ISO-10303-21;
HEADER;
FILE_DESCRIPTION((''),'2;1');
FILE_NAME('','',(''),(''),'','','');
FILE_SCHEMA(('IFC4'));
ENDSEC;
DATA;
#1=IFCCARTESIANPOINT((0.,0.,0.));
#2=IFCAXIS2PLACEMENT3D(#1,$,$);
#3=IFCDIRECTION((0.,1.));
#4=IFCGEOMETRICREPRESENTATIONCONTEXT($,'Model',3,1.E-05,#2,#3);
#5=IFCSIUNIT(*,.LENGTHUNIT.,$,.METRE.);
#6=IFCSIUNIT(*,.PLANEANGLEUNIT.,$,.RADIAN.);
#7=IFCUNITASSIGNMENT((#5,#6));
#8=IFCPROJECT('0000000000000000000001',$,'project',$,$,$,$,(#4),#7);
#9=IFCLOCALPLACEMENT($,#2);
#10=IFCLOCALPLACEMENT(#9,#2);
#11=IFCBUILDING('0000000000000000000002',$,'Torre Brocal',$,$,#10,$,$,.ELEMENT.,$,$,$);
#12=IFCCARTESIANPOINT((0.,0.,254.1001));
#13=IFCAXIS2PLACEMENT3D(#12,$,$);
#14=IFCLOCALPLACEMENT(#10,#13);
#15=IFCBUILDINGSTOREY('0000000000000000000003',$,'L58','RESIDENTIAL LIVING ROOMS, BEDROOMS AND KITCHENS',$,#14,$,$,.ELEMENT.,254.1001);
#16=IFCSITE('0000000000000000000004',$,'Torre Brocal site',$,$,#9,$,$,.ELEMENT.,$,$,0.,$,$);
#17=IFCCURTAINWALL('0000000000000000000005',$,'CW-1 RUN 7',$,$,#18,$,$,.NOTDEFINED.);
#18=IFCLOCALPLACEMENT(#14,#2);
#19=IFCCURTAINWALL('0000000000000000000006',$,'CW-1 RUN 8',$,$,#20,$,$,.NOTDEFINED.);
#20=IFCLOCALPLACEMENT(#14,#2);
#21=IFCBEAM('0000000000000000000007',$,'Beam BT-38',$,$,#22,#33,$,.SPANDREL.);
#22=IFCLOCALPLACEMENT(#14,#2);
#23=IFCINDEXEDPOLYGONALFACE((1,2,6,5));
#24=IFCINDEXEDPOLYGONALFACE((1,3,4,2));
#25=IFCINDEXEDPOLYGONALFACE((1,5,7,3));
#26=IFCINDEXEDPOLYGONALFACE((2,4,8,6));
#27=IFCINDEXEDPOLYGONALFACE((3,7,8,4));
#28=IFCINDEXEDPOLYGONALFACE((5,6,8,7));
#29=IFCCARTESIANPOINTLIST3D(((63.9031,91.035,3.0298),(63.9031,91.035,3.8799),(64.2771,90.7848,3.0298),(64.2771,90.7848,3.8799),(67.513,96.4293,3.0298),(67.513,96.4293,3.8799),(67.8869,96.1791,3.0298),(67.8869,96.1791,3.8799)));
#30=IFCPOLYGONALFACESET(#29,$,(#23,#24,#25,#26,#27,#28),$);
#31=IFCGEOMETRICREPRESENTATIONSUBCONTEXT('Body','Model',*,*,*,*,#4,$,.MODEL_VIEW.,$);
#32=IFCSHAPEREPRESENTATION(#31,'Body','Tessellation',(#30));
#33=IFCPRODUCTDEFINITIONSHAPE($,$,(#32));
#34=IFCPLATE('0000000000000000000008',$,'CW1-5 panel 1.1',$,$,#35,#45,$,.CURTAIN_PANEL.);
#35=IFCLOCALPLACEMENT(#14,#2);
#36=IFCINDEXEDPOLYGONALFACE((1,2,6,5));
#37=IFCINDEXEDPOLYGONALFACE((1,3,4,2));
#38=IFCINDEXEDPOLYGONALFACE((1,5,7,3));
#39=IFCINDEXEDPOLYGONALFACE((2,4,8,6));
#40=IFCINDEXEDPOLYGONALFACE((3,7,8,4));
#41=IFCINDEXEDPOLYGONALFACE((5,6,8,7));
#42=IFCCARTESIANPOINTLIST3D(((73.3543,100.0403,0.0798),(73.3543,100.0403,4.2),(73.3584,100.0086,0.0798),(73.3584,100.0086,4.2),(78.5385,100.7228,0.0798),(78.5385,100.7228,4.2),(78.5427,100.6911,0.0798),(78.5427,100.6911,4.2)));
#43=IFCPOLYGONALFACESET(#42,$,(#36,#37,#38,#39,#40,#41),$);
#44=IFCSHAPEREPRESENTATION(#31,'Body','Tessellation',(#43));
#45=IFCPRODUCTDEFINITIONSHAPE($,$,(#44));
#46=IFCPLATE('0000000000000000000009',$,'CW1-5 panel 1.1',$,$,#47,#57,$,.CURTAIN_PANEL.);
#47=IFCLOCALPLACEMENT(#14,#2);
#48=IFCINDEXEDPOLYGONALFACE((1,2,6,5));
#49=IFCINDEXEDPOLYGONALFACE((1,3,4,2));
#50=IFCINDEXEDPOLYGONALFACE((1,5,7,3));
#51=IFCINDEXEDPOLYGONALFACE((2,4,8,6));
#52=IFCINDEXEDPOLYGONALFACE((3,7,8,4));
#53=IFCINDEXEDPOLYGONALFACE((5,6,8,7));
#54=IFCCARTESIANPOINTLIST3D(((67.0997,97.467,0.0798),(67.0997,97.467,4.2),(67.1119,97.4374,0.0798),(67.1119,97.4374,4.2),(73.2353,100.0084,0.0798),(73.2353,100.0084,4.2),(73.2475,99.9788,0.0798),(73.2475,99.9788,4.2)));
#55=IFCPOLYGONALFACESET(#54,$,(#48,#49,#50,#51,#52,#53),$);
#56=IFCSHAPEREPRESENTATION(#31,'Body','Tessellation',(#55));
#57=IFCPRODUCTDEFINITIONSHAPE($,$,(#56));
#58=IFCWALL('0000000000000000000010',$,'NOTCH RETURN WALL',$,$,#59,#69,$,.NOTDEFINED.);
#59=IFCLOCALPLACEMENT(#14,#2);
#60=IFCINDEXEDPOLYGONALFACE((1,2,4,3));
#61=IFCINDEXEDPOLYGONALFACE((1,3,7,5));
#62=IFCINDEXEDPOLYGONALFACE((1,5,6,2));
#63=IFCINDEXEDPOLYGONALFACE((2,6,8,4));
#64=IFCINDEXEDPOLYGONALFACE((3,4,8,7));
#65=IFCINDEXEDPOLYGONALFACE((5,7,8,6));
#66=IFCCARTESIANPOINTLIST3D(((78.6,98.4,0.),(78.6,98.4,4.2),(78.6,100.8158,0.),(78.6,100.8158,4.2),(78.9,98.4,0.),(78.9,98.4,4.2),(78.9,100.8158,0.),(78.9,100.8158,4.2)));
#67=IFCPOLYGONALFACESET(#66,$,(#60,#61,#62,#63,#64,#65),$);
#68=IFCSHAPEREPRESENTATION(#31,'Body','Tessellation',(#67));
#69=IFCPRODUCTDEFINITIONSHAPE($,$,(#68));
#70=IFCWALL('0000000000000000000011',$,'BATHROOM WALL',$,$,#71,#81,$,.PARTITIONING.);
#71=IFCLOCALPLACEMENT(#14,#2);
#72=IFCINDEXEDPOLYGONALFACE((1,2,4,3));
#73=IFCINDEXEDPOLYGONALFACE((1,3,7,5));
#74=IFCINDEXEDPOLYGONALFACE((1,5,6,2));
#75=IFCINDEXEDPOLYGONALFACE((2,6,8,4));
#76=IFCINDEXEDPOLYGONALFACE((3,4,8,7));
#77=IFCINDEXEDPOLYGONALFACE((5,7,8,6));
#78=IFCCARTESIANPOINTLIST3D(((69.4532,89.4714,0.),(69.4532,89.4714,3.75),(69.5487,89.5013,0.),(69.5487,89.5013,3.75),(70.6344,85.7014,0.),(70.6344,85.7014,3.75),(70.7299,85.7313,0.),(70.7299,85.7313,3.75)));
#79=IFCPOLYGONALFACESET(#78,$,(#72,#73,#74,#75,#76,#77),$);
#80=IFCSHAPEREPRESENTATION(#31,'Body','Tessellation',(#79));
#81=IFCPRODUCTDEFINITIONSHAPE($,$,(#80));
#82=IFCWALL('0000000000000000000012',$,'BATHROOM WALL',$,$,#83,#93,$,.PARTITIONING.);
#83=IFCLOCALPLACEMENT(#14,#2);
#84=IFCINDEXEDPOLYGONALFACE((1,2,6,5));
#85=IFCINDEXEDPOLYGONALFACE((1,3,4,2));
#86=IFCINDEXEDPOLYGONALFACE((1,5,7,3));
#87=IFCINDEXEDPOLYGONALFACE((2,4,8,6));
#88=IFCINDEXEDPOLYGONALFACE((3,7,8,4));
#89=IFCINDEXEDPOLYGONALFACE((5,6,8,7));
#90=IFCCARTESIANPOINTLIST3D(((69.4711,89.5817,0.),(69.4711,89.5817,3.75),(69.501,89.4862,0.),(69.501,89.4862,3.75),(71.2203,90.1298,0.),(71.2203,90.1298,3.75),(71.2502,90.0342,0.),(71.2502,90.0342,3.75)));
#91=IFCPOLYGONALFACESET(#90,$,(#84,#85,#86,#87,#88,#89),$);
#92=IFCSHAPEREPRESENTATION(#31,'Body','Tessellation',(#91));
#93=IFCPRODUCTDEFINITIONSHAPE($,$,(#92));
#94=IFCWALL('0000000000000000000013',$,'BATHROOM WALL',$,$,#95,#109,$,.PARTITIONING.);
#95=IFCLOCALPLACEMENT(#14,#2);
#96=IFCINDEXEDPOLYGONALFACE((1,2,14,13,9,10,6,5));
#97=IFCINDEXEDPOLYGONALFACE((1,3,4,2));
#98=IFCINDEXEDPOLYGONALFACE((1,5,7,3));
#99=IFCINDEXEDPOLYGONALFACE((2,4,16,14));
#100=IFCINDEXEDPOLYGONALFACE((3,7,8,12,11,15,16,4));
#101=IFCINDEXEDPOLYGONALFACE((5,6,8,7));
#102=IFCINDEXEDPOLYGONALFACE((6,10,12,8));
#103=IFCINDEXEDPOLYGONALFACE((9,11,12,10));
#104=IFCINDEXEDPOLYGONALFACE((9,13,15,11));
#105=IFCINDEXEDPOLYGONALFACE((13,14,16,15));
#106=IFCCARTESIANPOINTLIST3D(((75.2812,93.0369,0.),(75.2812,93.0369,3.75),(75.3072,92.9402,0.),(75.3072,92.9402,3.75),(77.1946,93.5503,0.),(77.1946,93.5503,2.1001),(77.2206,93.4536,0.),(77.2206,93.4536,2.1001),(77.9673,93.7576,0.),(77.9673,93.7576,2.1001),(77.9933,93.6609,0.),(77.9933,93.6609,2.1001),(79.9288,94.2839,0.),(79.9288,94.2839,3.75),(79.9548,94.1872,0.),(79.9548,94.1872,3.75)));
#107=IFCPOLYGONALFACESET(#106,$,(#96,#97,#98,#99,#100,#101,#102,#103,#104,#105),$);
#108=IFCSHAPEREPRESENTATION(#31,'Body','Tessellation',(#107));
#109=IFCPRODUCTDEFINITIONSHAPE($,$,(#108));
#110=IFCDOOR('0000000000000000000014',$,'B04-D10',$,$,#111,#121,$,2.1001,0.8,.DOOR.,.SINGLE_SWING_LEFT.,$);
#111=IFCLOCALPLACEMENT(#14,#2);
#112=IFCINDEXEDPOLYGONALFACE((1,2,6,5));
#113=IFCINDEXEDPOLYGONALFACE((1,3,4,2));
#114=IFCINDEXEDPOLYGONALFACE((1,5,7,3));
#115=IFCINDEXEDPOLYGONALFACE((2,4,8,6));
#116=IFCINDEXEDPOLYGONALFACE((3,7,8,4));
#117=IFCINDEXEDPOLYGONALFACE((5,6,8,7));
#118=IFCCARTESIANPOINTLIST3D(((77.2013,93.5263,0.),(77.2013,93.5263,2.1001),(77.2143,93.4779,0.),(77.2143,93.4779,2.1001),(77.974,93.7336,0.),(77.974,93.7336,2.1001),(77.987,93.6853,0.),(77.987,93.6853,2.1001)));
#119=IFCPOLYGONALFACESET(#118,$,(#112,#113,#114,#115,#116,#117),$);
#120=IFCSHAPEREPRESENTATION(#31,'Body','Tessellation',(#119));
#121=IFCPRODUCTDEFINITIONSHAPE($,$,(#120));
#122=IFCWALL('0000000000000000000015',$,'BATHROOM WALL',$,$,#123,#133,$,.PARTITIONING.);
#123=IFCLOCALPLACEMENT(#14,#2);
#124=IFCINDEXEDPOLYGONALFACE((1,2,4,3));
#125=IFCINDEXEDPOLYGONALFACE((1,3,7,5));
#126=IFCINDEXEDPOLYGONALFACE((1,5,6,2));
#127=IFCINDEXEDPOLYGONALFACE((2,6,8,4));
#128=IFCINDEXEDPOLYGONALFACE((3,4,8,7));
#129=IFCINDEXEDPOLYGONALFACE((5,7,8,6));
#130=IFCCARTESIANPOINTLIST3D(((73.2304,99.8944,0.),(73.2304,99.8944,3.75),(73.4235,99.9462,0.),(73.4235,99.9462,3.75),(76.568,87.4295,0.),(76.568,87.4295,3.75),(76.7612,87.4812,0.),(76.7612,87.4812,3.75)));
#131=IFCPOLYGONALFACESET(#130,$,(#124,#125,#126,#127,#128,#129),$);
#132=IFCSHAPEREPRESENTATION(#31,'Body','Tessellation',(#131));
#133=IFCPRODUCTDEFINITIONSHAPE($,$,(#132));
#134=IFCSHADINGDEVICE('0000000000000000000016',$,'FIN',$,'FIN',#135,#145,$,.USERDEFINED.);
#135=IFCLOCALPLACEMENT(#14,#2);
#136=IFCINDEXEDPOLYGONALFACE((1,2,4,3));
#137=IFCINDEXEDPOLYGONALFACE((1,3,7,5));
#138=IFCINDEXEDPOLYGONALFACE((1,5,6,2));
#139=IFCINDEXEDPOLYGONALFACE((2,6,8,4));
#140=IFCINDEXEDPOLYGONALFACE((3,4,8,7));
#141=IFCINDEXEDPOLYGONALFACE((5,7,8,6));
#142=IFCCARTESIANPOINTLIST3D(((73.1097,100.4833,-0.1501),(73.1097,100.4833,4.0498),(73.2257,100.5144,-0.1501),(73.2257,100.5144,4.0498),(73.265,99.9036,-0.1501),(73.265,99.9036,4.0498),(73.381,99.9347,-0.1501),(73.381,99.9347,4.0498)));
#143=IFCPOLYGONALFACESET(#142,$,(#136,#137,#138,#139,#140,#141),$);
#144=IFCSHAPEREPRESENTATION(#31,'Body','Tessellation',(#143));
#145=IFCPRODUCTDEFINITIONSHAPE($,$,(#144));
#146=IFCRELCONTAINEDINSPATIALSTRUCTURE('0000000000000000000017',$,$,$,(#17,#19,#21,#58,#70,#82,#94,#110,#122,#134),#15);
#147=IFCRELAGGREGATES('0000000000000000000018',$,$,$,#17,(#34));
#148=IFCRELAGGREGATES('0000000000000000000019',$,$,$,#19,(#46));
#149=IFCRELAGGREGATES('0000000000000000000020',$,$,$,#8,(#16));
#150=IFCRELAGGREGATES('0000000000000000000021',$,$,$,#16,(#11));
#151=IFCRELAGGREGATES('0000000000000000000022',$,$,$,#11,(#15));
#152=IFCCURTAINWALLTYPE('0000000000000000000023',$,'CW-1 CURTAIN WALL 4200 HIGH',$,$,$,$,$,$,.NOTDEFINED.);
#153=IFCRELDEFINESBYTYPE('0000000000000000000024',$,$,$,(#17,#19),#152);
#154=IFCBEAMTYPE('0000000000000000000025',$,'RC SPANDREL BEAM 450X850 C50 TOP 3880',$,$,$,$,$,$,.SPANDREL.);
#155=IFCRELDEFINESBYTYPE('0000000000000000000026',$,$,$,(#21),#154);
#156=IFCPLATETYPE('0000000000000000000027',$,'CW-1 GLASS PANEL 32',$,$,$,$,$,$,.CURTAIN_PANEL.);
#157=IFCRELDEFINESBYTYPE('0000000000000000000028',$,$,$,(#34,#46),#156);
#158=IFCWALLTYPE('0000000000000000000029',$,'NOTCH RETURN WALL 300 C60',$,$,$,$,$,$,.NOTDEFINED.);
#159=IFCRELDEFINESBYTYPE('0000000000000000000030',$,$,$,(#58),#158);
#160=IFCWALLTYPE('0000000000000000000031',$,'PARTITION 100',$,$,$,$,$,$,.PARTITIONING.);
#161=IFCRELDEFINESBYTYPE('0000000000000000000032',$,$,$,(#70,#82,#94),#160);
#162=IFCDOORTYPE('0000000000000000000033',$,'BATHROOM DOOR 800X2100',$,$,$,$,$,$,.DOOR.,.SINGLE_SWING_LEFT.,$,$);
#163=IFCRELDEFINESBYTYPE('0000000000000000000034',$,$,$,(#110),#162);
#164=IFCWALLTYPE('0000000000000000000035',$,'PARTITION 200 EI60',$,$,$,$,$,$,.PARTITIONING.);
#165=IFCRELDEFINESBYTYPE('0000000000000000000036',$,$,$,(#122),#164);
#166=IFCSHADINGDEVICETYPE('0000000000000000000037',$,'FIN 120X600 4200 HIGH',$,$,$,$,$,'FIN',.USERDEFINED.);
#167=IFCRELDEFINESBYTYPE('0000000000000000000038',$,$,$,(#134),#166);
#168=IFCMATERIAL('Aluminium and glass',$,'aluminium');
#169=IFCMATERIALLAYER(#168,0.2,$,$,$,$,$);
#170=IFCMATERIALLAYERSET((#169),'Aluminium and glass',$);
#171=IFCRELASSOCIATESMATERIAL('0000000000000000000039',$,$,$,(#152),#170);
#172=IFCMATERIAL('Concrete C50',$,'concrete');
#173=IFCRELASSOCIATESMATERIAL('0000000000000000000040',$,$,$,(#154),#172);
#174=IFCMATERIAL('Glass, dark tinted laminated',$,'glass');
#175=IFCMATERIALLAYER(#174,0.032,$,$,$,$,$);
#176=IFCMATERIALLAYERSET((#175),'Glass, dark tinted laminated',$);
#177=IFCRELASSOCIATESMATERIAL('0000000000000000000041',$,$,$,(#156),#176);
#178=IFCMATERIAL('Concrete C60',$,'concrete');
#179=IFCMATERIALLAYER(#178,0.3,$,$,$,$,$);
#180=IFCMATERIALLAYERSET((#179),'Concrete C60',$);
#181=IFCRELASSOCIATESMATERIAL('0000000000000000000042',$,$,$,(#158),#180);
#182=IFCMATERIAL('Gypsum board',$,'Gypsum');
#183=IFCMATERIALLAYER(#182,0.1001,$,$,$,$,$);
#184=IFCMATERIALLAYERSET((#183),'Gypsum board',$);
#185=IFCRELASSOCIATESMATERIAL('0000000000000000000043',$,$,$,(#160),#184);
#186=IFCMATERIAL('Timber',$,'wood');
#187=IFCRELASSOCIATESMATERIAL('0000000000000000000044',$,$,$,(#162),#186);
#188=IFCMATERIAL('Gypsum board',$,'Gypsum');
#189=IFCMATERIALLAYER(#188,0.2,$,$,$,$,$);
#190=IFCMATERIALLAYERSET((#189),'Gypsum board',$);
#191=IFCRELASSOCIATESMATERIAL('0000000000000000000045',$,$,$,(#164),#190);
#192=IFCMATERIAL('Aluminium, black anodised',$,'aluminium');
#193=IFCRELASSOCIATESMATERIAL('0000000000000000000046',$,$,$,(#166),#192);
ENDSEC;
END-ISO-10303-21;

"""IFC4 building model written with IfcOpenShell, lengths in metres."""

from ifc_helpers import new_model, si_unit, direction, frame, frame_2d, origin, origin_2d, place, context, subcontext, project, spatial, rectangle, extrude, material, layer, layer_set, material_profile, profile_set, type_object, element, fill, aggregate, save


model = new_model("IFC4")

# Units and contexts
model_context = context("Model", 3, precision=1e-05, world=origin(), true_north=direction((0.0, 1.0)))
body_context = subcontext(model_context, "Body", "Model", "MODEL_VIEW")
ifc_project = project(units=[si_unit("LENGTHUNIT", "METRE"), si_unit("PLANEANGLEUNIT", "RADIAN")], contexts=[model_context])

# Site, building, storey
site_placement = place(None, origin())
site = spatial("IfcSite", under=ifc_project, at=site_placement, Name="Torre Brocal site", CompositionType="ELEMENT", RefElevation=0.0)
building_placement = place(site_placement, origin())
building = spatial("IfcBuilding", under=site, at=building_placement, Name="Torre Brocal", CompositionType="ELEMENT")
storey_placement = place(building_placement, frame((0.0, 0.0, 254.1001)))
storey = spatial("IfcBuildingStorey", under=building, at=storey_placement, Name="L58", Description="RESIDENTIAL LIVING ROOMS, BEDROOMS AND KITCHENS", CompositionType="ELEMENT", Elevation=254.1001)

# Curtain wall
ifc_material_1 = material(Name="Aluminium and glass", Category="aluminium")
ifc_layer_1 = layer(ifc_material_1, 0.2)
ifc_layer_set_1 = layer_set([ifc_layer_1], Name="Aluminium and glass")
curtain_wall_type = type_object("IfcCurtainWallType", Name="CW-1 CURTAIN WALL 4200 HIGH", PredefinedType="NOTDEFINED", material=ifc_layer_set_1)
curtain_wall_1_placement = place(storey_placement, origin())
curtain_wall_1 = element("IfcCurtainWall", 1, at=curtain_wall_1_placement, inside=storey, type_object=curtain_wall_type, Name="CW-1 RUN 7", PredefinedType="NOTDEFINED")

# Curtain wall
curtain_wall_2_placement = place(storey_placement, origin())
curtain_wall_2 = element("IfcCurtainWall", 2, at=curtain_wall_2_placement, inside=storey, type_object=curtain_wall_type, Name="CW-1 RUN 8", PredefinedType="NOTDEFINED")

# Beam
ifc_material_2 = material(Name="Concrete C50", Category="concrete")
ifc_material_profile_1 = material_profile(ifc_material_2, rectangle(XDim=0.45, YDim=0.8501, at=origin_2d()), Name="RC 450X850")
ifc_profile_set_1 = profile_set([ifc_material_profile_1], Name="Concrete C50")
beam_type_1 = type_object("IfcBeamType", Name="RC SPANDREL BEAM 450X850 C50 TOP 3880", PredefinedType="SPANDREL", material=ifc_profile_set_1)
beam_1_placement = place(storey_placement, frame((67.7, 96.3042, 3.4548), z_axis=(-0.556158, -0.831077, 0.0), x_axis=(0.831077, -0.556158, 0.0)))
element("IfcBeam", 3, at=beam_1_placement, inside=storey, type_object=beam_type_1, Name="Beam BT-38", PredefinedType="SPANDREL", context=body_context, shape_type="SweptSolid", body=[
    extrude(rectangle(XDim=0.45, YDim=0.8501, at=origin_2d()), origin(), (0.0, 0.0, 1.0), 6.4907),
])

# Plates
ifc_material_3 = material(Name="Glass, dark tinted laminated", Category="glass")
ifc_layer_2 = layer(ifc_material_3, 0.032)
ifc_layer_set_2 = layer_set([ifc_layer_2], Name="Glass, dark tinted laminated")
plate_type = type_object("IfcPlateType", Name="CW-1 GLASS PANEL 32", PredefinedType="CURTAIN_PANEL", material=ifc_layer_set_2)
plate_1_placement = place(storey_placement, frame((75.9485, 100.3657, 0.0798), z_axis=(0.0, 0.0, 1.0), x_axis=(-0.991445, -0.130526, 0.0)))
plate_1 = element("IfcPlate", 4, at=plate_1_placement, type_object=plate_type, Name="CW1-5 panel 1.1", PredefinedType="CURTAIN_PANEL", context=body_context, shape_type="SweptSolid", body=[
    extrude(rectangle(XDim=5.229, YDim=0.032, at=origin_2d()), origin(), (0.0, 0.0, 1.0), 4.1201),
])
aggregate(curtain_wall_1, [plate_1])
plate_2_placement = place(storey_placement, frame((70.1736, 98.7229, 0.0798), z_axis=(0.0, 0.0, 1.0), x_axis=(-0.92388, -0.382683, 0.0)))
plate_2 = element("IfcPlate", 5, at=plate_2_placement, type_object=plate_type, Name="CW1-5 panel 1.1", PredefinedType="CURTAIN_PANEL", context=body_context, shape_type="SweptSolid", body=[
    extrude(rectangle(XDim=6.6411, YDim=0.032, at=origin_2d()), origin(), (0.0, 0.0, 1.0), 4.1201),
])
aggregate(curtain_wall_2, [plate_2])

# Walls
ifc_material_4 = material(Name="Concrete C60", Category="concrete")
ifc_layer_3 = layer(ifc_material_4, 0.3)
ifc_layer_set_3 = layer_set([ifc_layer_3], Name="Concrete C60")
wall_type_1 = type_object("IfcWallType", Name="NOTCH RETURN WALL 300 C60", PredefinedType="NOTDEFINED", material=ifc_layer_set_3)
wall_1_placement = place(storey_placement, frame((78.75, 98.3999, 0.0), z_axis=(0.0, 0.0, 1.0), x_axis=(0.0, 1.0, 0.0)))
element("IfcWall", 6, at=wall_1_placement, inside=storey, type_object=wall_type_1, Name="NOTCH RETURN WALL", PredefinedType="NOTDEFINED", context=body_context, shape_type="SweptSolid", body=[
    extrude(rectangle(XDim=2.4158, YDim=0.3, at=frame_2d((1.208, 0.0))), origin(), (0.0, 0.0, 1.0), 4.2),
])
ifc_material_5 = material(Name="Gypsum board", Category="Gypsum")
ifc_layer_4 = layer(ifc_material_5, 0.1001)
ifc_layer_set_4 = layer_set([ifc_layer_4], Name="Gypsum board")
wall_type_2 = type_object("IfcWallType", Name="PARTITION 100", PredefinedType="PARTITIONING", material=ifc_layer_set_4)
wall_2_placement = place(storey_placement, frame((69.501, 89.4863, 0.0), z_axis=(0.0, 0.0, 1.0), x_axis=(0.298972, -0.954262, 0.0)))
element("IfcWall", 7, at=wall_2_placement, inside=storey, type_object=wall_type_2, Name="BATHROOM WALL", PredefinedType="PARTITIONING", context=body_context, shape_type="SweptSolid", body=[
    extrude(rectangle(XDim=3.9507, YDim=0.1001, at=frame_2d((1.9753, 0.0))), origin(), (0.0, 0.0, 1.0), 3.75),
])
wall_3_placement = place(storey_placement, frame((69.4861, 89.5339, 0.0), z_axis=(0.0, 0.0, 1.0), x_axis=(0.954255, 0.298995, 0.0)))
element("IfcWall", 8, at=wall_3_placement, inside=storey, type_object=wall_type_2, Name="BATHROOM WALL", PredefinedType="PARTITIONING", context=body_context, shape_type="SweptSolid", body=[
    extrude(rectangle(XDim=1.833, YDim=0.1001, at=frame_2d((0.9165, 0.0))), origin(), (0.0, 0.0, 1.0), 3.75),
])

# Wall, opening, door
wall_4_placement = place(storey_placement, frame((75.2942, 92.9885, 0.0), z_axis=(0.0, 0.0, 1.0), x_axis=(0.965836, 0.259153, 0.0)))
wall_4 = element("IfcWall", 9, at=wall_4_placement, inside=storey, type_object=wall_type_2, Name="BATHROOM WALL", PredefinedType="PARTITIONING", context=body_context, shape_type="SweptSolid", body=[
    extrude(rectangle(XDim=4.812, YDim=0.1001, at=frame_2d((2.406, 0.0))), origin(), (0.0, 0.0, 1.0), 3.75),
])
opening_placement = place(wall_4_placement, frame((1.9812, 0.0, 0.0)))
opening = element("IfcOpeningElement", 10, at=opening_placement, cuts=wall_4, PredefinedType="OPENING", context=body_context, shape_type="SweptSolid", body=[
    extrude(rectangle(XDim=0.8, YDim=2.1001, at=frame_2d((0.3999, 1.05))), frame((0.0, 0.0601, 0.0), z_axis=(0.0, -1.0, 0.0), x_axis=(1.0, 0.0, 0.0)), (0.0, 0.0, 1.0), 0.1201),
])
ifc_material_6 = material(Name="Timber", Category="wood")
door_type = type_object("IfcDoorType", Name="BATHROOM DOOR 800X2100", OperationType="SINGLE_SWING_LEFT", PredefinedType="DOOR", material=ifc_material_6)
door_placement = place(opening_placement, frame((0.8, 0.0, 0.0), z_axis=(0.0, 0.0, 1.0), x_axis=(-1.0, 0.0, 0.0)))
door = element("IfcDoor", 11, at=door_placement, inside=storey, type_object=door_type, Name="B04-D10", OperationType="SINGLE_SWING_LEFT", OverallHeight=2.1001, OverallWidth=0.8, PredefinedType="DOOR", context=body_context, shape_type="SweptSolid", body=[
    extrude(rectangle(XDim=0.8, YDim=2.1001, at=frame_2d((0.3999, 1.05))), frame((0.0, 0.0249, 0.0), z_axis=(0.0, -1.0, 0.0), x_axis=(1.0, 0.0, 0.0)), (0.0, 0.0, 1.0), 0.05),
])
fill(opening, door)

# Wall
ifc_material_7 = material(Name="Gypsum board", Category="Gypsum")
ifc_layer_5 = layer(ifc_material_7, 0.2)
ifc_layer_set_5 = layer_set([ifc_layer_5], Name="Gypsum board")
wall_type_3 = type_object("IfcWallType", Name="PARTITION 200 EI60", PredefinedType="PARTITIONING", material=ifc_layer_set_5)
wall_5_placement = place(storey_placement, frame((73.3269, 99.9204, 0.0), z_axis=(0.0, 0.0, 1.0), x_axis=(0.258653, -0.96597, 0.0)))
element("IfcWall", 12, at=wall_5_placement, inside=storey, type_object=wall_type_3, Name="BATHROOM WALL", PredefinedType="PARTITIONING", context=body_context, shape_type="SweptSolid", body=[
    extrude(rectangle(XDim=12.9041, YDim=0.2, at=frame_2d((6.4521, 0.0))), origin(), (0.0, 0.0, 1.0), 3.75),
])

# Shading device
ifc_material_8 = material(Name="Aluminium, black anodised", Category="aluminium")
ifc_material_profile_2 = material_profile(ifc_material_8, rectangle(XDim=0.1201, YDim=0.6001, at=origin_2d()), Name="FIN 120X600 4200 HIGH")
ifc_profile_set_2 = profile_set([ifc_material_profile_2], Name="Aluminium, black anodised")
shading_device_type = type_object("IfcShadingDeviceType", Name="FIN 120X600 4200 HIGH", ElementType="FIN", PredefinedType="USERDEFINED", material=ifc_profile_set_2)
shading_device_placement = place(storey_placement, frame((73.2454, 100.209, -0.1501), z_axis=(0.0, 0.0, 1.0), x_axis=(-0.965926, -0.258819, 0.0)))
element("IfcShadingDevice", 13, at=shading_device_placement, inside=storey, type_object=shading_device_type, Name="FIN", ObjectType="FIN", PredefinedType="USERDEFINED", context=body_context, shape_type="SweptSolid", body=[
    extrude(rectangle(XDim=0.1201, YDim=0.6001, at=origin_2d()), origin(), (0.0, 0.0, 1.0), 4.2),
])

save(model, "model.ifc")
